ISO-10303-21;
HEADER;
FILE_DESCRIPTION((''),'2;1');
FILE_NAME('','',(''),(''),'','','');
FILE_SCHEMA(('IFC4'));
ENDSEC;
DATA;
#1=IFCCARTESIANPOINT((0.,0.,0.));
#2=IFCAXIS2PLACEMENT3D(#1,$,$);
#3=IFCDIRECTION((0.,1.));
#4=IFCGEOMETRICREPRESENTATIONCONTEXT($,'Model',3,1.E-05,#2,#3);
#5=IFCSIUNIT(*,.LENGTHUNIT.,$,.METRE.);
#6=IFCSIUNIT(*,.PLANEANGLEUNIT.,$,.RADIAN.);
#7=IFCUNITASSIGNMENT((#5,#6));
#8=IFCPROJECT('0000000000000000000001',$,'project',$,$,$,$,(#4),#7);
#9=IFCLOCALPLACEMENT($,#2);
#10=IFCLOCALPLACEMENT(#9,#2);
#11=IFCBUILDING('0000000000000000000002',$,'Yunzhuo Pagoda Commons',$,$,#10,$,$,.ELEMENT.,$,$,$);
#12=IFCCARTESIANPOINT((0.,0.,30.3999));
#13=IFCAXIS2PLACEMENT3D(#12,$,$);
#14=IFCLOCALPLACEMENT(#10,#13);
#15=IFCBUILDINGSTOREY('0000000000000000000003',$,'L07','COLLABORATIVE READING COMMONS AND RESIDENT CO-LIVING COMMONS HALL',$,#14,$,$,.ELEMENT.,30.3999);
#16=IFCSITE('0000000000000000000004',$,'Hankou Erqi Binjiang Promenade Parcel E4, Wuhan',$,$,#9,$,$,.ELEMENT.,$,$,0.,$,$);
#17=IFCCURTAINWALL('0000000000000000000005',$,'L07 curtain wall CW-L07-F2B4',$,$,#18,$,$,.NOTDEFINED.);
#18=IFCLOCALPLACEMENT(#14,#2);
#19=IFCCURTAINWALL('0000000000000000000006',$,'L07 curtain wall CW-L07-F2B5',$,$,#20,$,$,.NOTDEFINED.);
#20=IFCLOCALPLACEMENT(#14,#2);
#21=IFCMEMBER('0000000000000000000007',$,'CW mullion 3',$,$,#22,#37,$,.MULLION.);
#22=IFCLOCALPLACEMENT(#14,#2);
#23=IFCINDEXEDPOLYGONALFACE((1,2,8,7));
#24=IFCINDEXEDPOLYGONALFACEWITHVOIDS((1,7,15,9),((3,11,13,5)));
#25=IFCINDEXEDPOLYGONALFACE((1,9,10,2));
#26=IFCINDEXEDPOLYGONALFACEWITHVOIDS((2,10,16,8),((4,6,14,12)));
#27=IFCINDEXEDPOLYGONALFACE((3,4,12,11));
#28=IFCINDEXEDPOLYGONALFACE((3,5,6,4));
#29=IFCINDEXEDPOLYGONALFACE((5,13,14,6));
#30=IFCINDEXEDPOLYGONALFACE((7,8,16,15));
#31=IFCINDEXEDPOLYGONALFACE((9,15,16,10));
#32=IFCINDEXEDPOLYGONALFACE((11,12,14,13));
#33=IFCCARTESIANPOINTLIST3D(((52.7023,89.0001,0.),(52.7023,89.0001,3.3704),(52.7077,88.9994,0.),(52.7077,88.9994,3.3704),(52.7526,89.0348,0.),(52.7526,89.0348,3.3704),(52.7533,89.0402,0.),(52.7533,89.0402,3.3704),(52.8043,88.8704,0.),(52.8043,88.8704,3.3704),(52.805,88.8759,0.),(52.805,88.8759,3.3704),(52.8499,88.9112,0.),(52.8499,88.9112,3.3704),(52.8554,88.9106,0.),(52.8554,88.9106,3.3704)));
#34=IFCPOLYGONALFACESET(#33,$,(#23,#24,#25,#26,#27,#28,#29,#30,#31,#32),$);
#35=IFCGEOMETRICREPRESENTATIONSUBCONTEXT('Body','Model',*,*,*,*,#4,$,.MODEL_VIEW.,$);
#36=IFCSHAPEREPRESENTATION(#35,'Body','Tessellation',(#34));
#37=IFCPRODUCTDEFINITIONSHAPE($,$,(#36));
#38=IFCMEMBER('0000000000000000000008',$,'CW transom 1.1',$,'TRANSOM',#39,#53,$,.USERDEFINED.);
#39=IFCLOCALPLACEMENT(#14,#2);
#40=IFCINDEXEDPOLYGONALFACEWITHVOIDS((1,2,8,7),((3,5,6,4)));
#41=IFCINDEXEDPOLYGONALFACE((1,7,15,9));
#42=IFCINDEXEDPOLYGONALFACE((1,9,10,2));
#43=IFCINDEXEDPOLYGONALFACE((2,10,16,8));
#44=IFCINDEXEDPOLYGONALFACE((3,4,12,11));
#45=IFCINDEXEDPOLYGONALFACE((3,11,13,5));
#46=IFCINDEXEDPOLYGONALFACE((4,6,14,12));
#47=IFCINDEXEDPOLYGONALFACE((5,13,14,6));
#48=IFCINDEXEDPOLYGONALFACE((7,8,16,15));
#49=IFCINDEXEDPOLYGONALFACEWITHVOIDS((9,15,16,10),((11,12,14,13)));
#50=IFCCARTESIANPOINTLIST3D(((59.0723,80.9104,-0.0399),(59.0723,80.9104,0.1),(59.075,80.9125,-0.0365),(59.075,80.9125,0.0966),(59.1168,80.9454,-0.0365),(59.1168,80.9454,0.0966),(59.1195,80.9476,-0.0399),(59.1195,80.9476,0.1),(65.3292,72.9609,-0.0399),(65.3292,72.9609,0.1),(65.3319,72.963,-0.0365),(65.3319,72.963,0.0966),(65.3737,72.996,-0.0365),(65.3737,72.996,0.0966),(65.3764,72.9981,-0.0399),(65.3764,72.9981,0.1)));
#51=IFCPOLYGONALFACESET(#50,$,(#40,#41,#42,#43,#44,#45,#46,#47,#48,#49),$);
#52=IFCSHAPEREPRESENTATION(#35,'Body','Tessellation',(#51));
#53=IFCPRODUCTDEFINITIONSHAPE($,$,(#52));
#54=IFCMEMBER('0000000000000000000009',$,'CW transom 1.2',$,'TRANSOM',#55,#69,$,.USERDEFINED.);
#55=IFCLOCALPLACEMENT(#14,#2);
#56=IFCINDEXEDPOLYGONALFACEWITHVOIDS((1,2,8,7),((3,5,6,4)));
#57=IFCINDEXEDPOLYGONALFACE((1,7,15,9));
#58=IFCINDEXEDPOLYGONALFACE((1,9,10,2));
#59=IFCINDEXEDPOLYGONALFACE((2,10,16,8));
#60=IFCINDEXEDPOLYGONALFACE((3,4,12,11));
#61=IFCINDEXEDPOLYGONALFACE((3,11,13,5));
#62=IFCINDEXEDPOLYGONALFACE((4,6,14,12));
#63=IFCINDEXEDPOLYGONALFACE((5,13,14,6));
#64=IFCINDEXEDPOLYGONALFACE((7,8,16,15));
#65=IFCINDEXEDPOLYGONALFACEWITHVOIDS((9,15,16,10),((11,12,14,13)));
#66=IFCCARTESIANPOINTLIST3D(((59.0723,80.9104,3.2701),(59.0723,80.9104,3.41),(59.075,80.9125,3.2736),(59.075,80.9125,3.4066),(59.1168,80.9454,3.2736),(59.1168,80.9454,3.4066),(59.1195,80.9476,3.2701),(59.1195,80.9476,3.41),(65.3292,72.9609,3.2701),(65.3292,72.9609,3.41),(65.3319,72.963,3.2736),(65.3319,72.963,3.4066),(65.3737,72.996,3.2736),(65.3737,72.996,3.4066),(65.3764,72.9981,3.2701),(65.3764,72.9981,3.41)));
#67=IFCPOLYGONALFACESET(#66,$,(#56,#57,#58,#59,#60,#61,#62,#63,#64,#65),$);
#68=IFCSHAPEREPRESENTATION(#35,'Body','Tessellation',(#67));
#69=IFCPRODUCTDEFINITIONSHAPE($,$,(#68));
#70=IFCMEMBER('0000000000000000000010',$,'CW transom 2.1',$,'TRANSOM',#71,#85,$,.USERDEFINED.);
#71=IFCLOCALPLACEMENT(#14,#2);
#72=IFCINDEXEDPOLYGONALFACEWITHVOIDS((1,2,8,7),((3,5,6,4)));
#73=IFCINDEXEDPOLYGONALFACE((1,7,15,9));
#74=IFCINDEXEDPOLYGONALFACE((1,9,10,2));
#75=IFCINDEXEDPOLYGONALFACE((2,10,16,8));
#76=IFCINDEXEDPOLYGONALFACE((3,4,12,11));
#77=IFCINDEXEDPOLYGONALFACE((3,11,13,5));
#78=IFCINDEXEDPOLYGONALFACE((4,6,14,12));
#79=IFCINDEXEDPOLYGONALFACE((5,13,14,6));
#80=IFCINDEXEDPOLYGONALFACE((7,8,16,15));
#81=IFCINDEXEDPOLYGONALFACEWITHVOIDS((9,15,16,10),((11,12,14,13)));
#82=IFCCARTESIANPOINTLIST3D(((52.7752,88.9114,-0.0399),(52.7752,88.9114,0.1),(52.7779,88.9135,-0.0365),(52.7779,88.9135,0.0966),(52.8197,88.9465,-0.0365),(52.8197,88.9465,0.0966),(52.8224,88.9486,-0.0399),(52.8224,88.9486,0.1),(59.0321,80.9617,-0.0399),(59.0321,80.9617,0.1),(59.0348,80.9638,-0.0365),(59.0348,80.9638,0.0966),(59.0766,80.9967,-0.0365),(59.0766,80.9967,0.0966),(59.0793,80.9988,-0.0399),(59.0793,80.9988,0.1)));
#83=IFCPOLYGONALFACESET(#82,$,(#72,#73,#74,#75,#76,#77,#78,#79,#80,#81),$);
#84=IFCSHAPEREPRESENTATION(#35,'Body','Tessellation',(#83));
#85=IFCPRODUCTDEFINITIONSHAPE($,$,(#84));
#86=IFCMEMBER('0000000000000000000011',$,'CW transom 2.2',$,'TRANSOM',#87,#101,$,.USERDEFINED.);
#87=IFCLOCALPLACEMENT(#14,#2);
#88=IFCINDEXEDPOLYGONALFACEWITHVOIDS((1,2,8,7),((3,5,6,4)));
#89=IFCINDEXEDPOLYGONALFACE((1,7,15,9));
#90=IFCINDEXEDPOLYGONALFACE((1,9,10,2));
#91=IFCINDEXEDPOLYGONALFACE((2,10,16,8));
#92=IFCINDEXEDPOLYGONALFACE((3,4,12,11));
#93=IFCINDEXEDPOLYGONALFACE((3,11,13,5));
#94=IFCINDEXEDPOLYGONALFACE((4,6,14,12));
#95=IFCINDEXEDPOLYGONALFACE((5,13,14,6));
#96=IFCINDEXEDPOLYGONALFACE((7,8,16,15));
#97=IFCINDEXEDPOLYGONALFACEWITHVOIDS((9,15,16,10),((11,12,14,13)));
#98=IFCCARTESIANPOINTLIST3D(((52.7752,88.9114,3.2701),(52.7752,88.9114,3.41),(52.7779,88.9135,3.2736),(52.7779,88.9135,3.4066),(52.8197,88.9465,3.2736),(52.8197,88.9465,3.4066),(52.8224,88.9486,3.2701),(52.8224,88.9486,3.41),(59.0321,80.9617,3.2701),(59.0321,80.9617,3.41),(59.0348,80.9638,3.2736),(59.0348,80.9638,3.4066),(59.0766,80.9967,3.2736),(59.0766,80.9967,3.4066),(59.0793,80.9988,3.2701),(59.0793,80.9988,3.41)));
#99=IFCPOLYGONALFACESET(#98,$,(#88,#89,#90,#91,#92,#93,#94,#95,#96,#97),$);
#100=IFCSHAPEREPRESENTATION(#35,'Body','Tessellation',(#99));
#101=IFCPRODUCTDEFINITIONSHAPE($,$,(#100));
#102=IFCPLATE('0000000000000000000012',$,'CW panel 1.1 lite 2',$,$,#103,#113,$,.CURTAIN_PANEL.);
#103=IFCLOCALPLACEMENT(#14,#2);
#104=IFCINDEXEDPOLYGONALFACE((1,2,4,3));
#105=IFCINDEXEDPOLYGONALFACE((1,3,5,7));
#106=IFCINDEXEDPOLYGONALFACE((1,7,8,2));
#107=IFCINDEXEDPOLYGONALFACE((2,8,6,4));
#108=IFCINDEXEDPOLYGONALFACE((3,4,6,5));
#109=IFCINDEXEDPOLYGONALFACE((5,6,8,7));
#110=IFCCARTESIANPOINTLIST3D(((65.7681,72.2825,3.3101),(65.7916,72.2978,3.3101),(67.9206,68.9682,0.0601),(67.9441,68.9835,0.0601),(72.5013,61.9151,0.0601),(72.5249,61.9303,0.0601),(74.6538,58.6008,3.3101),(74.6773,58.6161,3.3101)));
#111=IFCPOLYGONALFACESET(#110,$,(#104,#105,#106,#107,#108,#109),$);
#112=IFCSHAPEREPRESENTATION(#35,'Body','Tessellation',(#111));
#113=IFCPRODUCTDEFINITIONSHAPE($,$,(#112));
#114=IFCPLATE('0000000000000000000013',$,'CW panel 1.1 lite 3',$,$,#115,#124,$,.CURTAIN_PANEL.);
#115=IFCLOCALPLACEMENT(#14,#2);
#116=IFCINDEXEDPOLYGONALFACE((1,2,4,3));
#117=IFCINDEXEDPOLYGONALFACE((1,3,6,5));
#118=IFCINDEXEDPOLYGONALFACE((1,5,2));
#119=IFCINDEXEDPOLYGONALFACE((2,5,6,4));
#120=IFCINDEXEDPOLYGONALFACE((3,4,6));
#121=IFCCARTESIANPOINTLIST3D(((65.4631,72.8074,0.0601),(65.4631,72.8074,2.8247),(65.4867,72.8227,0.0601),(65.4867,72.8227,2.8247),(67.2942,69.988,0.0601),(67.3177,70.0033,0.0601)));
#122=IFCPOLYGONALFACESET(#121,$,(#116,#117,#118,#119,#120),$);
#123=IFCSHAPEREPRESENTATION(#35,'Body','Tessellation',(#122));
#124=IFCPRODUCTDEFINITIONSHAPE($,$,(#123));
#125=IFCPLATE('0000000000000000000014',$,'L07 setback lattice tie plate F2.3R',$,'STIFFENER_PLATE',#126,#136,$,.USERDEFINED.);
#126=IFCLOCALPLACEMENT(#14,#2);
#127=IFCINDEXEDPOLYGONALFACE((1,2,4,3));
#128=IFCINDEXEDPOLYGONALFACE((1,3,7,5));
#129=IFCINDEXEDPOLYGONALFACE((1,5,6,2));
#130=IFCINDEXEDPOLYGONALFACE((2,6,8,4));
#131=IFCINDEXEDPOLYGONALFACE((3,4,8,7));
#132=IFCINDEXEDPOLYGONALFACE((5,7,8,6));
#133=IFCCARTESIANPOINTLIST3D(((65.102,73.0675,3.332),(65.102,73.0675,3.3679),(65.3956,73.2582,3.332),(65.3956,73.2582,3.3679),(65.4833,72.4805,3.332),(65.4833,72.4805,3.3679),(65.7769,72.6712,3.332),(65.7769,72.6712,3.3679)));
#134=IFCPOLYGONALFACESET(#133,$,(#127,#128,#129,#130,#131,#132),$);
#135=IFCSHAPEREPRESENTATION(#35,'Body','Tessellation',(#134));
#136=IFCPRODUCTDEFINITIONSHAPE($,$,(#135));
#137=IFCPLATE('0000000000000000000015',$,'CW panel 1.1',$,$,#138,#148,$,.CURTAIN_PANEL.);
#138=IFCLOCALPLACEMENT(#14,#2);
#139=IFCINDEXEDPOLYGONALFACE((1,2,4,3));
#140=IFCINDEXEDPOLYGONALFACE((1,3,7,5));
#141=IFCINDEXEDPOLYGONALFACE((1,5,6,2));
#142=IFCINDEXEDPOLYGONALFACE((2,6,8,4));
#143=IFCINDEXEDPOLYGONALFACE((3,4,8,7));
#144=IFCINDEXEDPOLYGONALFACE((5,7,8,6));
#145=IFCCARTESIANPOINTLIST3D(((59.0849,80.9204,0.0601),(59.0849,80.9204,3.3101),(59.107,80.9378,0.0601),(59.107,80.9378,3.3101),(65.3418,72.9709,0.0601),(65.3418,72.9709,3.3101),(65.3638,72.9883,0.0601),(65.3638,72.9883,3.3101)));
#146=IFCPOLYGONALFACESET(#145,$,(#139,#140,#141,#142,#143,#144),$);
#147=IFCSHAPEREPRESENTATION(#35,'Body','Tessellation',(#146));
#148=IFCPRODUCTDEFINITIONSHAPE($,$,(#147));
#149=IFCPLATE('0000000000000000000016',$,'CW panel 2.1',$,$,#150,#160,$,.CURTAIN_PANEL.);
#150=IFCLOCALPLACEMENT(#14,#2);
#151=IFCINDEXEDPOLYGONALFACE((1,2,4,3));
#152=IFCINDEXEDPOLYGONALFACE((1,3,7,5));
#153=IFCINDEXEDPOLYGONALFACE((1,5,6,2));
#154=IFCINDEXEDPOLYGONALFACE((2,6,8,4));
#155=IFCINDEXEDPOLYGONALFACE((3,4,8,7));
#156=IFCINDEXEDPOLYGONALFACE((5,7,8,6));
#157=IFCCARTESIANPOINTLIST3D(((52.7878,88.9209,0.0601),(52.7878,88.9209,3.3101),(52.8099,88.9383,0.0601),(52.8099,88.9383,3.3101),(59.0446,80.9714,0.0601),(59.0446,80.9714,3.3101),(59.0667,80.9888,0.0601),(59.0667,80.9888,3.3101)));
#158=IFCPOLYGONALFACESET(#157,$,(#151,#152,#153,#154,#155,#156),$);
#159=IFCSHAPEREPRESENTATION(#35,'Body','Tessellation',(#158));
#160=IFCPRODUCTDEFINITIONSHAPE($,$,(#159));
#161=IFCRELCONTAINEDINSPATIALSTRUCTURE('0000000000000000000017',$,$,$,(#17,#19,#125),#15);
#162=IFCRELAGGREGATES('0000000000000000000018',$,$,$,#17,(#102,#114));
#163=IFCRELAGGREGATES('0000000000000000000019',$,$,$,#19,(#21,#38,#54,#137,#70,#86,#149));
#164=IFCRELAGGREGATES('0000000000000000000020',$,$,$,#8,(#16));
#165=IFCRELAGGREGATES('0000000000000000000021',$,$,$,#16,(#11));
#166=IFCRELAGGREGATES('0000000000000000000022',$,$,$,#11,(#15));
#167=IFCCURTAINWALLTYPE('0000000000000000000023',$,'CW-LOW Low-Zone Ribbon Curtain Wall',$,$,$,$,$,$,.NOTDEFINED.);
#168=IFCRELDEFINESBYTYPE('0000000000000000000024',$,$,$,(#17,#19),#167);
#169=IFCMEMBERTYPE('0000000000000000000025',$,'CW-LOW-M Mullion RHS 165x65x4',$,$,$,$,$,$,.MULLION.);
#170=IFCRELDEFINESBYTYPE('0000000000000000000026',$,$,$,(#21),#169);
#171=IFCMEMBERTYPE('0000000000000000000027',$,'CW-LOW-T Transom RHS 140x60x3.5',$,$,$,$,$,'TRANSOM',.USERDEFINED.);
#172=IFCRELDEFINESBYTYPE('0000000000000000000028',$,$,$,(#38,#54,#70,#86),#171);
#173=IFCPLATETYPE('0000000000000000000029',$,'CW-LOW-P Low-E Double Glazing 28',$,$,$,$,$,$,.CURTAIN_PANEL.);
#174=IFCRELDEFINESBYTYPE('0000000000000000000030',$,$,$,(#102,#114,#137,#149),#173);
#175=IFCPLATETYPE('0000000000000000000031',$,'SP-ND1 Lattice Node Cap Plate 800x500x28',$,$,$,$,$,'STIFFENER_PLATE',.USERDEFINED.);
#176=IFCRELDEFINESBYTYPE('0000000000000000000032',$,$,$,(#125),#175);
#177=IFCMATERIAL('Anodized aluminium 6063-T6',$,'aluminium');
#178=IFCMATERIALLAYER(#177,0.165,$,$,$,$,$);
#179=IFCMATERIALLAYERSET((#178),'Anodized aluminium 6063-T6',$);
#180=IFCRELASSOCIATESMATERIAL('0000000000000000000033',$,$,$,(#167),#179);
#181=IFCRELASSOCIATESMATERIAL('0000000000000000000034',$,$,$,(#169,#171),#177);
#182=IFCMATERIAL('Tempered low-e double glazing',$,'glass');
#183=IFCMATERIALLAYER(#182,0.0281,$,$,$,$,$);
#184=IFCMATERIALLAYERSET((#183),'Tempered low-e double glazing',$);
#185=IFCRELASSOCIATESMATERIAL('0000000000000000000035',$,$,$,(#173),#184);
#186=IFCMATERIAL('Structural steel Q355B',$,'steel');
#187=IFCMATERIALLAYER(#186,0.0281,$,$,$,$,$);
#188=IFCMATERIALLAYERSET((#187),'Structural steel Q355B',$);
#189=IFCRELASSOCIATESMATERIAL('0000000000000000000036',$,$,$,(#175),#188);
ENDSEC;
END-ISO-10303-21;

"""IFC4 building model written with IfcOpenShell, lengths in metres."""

from ifc_helpers import new_model, si_unit, direction, frame, origin, origin_2d, place, context, subcontext, project, spatial, polyline, rectangle, hollow_rectangle, outline, extrude, source, transform, mapped, material, layer, layer_set, material_profile, profile_set, type_object, element, aggregate, save


model = new_model("IFC4")

# Units and contexts
model_context = context("Model", 3, precision=1e-05, world=origin(), true_north=direction((0.0, 1.0)))
body_context = subcontext(model_context, "Body", "Model", "MODEL_VIEW")
ifc_project = project(units=[si_unit("LENGTHUNIT", "METRE"), si_unit("PLANEANGLEUNIT", "RADIAN")], contexts=[model_context])

# Site, building, storey
site_placement = place(None, origin())
site = spatial("IfcSite", under=ifc_project, at=site_placement, Name="Hankou Erqi Binjiang Promenade Parcel E4, Wuhan", CompositionType="ELEMENT", RefElevation=0.0)
building_placement = place(site_placement, origin())
building = spatial("IfcBuilding", under=site, at=building_placement, Name="Yunzhuo Pagoda Commons", CompositionType="ELEMENT")
storey_placement = place(building_placement, frame((0.0, 0.0, 30.3999)))
storey = spatial("IfcBuildingStorey", under=building, at=storey_placement, Name="L07", Description="COLLABORATIVE READING COMMONS AND RESIDENT CO-LIVING COMMONS HALL", CompositionType="ELEMENT", Elevation=30.3999)

# Shared definitions
ifc_material_1 = material(Name="Structural steel Q355B", Category="steel")

# Curtain wall
ifc_material_2 = material(Name="Anodized aluminium 6063-T6", Category="aluminium")
ifc_layer_1 = layer(ifc_material_2, 0.165)
ifc_layer_set_1 = layer_set([ifc_layer_1], Name="Anodized aluminium 6063-T6")
curtain_wall_type = type_object("IfcCurtainWallType", Name="CW-LOW Low-Zone Ribbon Curtain Wall", PredefinedType="NOTDEFINED", material=ifc_layer_set_1)
curtain_wall_1_placement = place(storey_placement, origin())
curtain_wall_1 = element("IfcCurtainWall", 1, at=curtain_wall_1_placement, inside=storey, type_object=curtain_wall_type, Name="L07 curtain wall CW-L07-F2B4", PredefinedType="NOTDEFINED")
ifc_material_profile_1 = material_profile(ifc_material_2, hollow_rectangle(XDim=0.0649, YDim=0.165, WallThickness=0.0039, at=origin_2d()), Name="Anodized aluminium 6063-T6")
ifc_profile_set_1 = profile_set([ifc_material_profile_1], Name="Anodized aluminium 6063-T6")
member_type_1 = type_object("IfcMemberType", Name="CW-LOW-M Mullion RHS 165x65x4", PredefinedType="MULLION", material=ifc_profile_set_1)
shared_shape_1 = source(origin(), body_context, "Body", "SweptSolid", [
    extrude(hollow_rectangle(XDim=0.0649, YDim=0.165, WallThickness=0.0039, at=origin_2d()), origin(), (0.0, 0.0, 1.0), 3.3704),
])

# Curtain wall, members
curtain_wall_2_placement = place(storey_placement, origin())
curtain_wall_2 = element("IfcCurtainWall", 2, at=curtain_wall_2_placement, inside=storey, type_object=curtain_wall_type, Name="L07 curtain wall CW-L07-F2B5", PredefinedType="NOTDEFINED")
member_1_placement = place(storey_placement, frame((52.7788, 88.9553, 0.0), z_axis=(0.0, 0.0, 1.0), x_axis=(-0.7858, -0.618481, 0.0)))
member_1 = element("IfcMember", 3, at=member_1_placement, type_object=member_type_1, Name="CW mullion 3", PredefinedType="MULLION", context=body_context, shape_type="MappedRepresentation", body=[
    mapped(shared_shape_1, transform((0.0, 0.0, 0.0), scale=1.0)),
])
ifc_material_profile_2 = material_profile(ifc_material_2, hollow_rectangle(XDim=0.0601, YDim=0.1399, WallThickness=0.0034, at=origin_2d()), Name="Anodized aluminium 6063-T6")
ifc_profile_set_2 = profile_set([ifc_material_profile_2], Name="Anodized aluminium 6063-T6")
member_type_2 = type_object("IfcMemberType", Name="CW-LOW-T Transom RHS 140x60x3.5", ElementType="TRANSOM", PredefinedType="USERDEFINED", material=ifc_profile_set_2)
shared_shape_2 = source(origin(), body_context, "Body", "SweptSolid", [
    extrude(hollow_rectangle(XDim=0.0601, YDim=0.1399, WallThickness=0.0034, at=origin_2d()), origin(), (0.0, 0.0, 1.0), 10.1165),
])
member_2_placement = place(storey_placement, frame((65.3528, 72.9795, 0.03), z_axis=(-0.618483, 0.785798, 0.0), x_axis=(-0.785798, -0.618483, 0.0)))
member_2 = element("IfcMember", 4, at=member_2_placement, type_object=member_type_2, Name="CW transom 1.1", ObjectType="TRANSOM", PredefinedType="USERDEFINED", context=body_context, shape_type="MappedRepresentation", body=[
    mapped(shared_shape_2, transform((0.0, 0.0, 0.0), scale=1.0)),
])
member_3_placement = place(storey_placement, frame((65.3528, 72.9795, 3.3401), z_axis=(-0.618483, 0.785798, 0.0), x_axis=(-0.785798, -0.618483, 0.0)))
member_3 = element("IfcMember", 5, at=member_3_placement, type_object=member_type_2, Name="CW transom 1.2", ObjectType="TRANSOM", PredefinedType="USERDEFINED", context=body_context, shape_type="MappedRepresentation", body=[
    mapped(shared_shape_2, transform((0.0, 0.0, 0.0), scale=1.0)),
])
shared_shape_3 = source(origin(), body_context, "Body", "SweptSolid", [
    extrude(hollow_rectangle(XDim=0.0601, YDim=0.1399, WallThickness=0.0034, at=origin_2d()), origin(), (0.0, 0.0, 1.0), 10.1167),
])
member_4_placement = place(storey_placement, frame((59.0557, 80.9802, 0.03), z_axis=(-0.618471, 0.785807, 0.0), x_axis=(-0.785807, -0.618471, 0.0)))
member_4 = element("IfcMember", 6, at=member_4_placement, type_object=member_type_2, Name="CW transom 2.1", ObjectType="TRANSOM", PredefinedType="USERDEFINED", context=body_context, shape_type="MappedRepresentation", body=[
    mapped(shared_shape_3, transform((0.0, 0.0, 0.0), scale=1.0)),
])
member_5_placement = place(storey_placement, frame((59.0557, 80.9802, 3.3401), z_axis=(-0.618471, 0.785807, 0.0), x_axis=(-0.785807, -0.618471, 0.0)))
member_5 = element("IfcMember", 7, at=member_5_placement, type_object=member_type_2, Name="CW transom 2.2", ObjectType="TRANSOM", PredefinedType="USERDEFINED", context=body_context, shape_type="MappedRepresentation", body=[
    mapped(shared_shape_3, transform((0.0, 0.0, 0.0), scale=1.0)),
])

# Plates
ifc_material_3 = material(Name="Tempered low-e double glazing", Category="glass")
ifc_layer_2 = layer(ifc_material_3, 0.0281)
ifc_layer_set_2 = layer_set([ifc_layer_2], Name="Tempered low-e double glazing")
plate_type_1 = type_object("IfcPlateType", Name="CW-LOW-P Low-E Double Glazing 28", PredefinedType="CURTAIN_PANEL", material=ifc_layer_set_2)
plate_1_placement = place(storey_placement, frame((70.2109, 65.4417, 1.6851), z_axis=(0.838652, 0.544667, 0.0), x_axis=(-0.544667, 0.838652, 0.0)))
plate_1 = element("IfcPlate", 8, at=plate_1_placement, type_object=plate_type_1, Name="CW panel 1.1 lite 2", PredefinedType="CURTAIN_PANEL", context=body_context, shape_type="SweptSolid", body=[
    extrude(outline(polyline([(-8.157, 1.625), (-4.2051, -1.625), (4.2051, -1.625), (8.157, 1.625), (-8.157, 1.625)])), origin(), (0.0, 0.0, 1.0), 0.0281),
])
plate_2_placement = place(storey_placement, frame((66.3787, 71.3977, 1.4424), z_axis=(0.838652, 0.544667, 0.0), x_axis=(-0.544667, 0.838652, 0.0)))
plate_2 = element("IfcPlate", 9, at=plate_2_placement, type_object=plate_type_1, Name="CW panel 1.1 lite 3", PredefinedType="CURTAIN_PANEL", context=body_context, shape_type="SweptSolid", body=[
    extrude(outline(polyline([(-1.6809, -1.3823), (1.6809, -1.3823), (1.6809, 1.3823), (-1.6809, -1.3823)])), origin(), (0.0, 0.0, 1.0), 0.0281),
])
aggregate(curtain_wall_1, [plate_1, plate_2])
ifc_layer_3 = layer(ifc_material_1, 0.0281)
ifc_layer_set_3 = layer_set([ifc_layer_3], Name="Structural steel Q355B")
plate_type_2 = type_object("IfcPlateType", Name="SP-ND1 Lattice Node Cap Plate 800x500x28", ElementType="STIFFENER_PLATE", PredefinedType="USERDEFINED", material=ifc_layer_set_3)
shared_shape_4 = source(origin(), body_context, "Body", "SweptSolid", [
    extrude(rectangle(XDim=0.7, YDim=0.3501, at=origin_2d()), origin(), (0.0, 0.0, 1.0), 0.0359),
])
plate_3_placement = place(storey_placement, frame((65.4395, 72.8694, 3.332), z_axis=(0.0, 0.0, 1.0), x_axis=(-0.544668, 0.838652, 0.0)))
element("IfcPlate", 10, at=plate_3_placement, inside=storey, type_object=plate_type_2, Name="L07 setback lattice tie plate F2.3R", ObjectType="STIFFENER_PLATE", PredefinedType="USERDEFINED", context=body_context, shape_type="MappedRepresentation", body=[
    mapped(shared_shape_4, transform((0.0, 0.0, 0.0), scale=1.0)),
])
shared_shape_5 = source(origin(), body_context, "Body", "SweptSolid", [
    extrude(rectangle(XDim=10.1165, YDim=0.0281, at=origin_2d()), origin(), (0.0, 0.0, 1.0), 3.25),
])
plate_4_placement = place(storey_placement, frame((62.2244, 76.9543, 0.0601), z_axis=(0.0, 0.0, 1.0), x_axis=(-0.618481, 0.7858, 0.0)))
plate_4 = element("IfcPlate", 11, at=plate_4_placement, type_object=plate_type_1, Name="CW panel 1.1", PredefinedType="CURTAIN_PANEL", context=body_context, shape_type="MappedRepresentation", body=[
    mapped(shared_shape_5, transform((0.0, 0.0, 0.0), scale=1.0)),
])
plate_5_placement = place(storey_placement, frame((55.9272, 84.9548, 0.0601), z_axis=(0.0, 0.0, 1.0), x_axis=(-0.618481, 0.7858, 0.0)))
plate_5 = element("IfcPlate", 12, at=plate_5_placement, type_object=plate_type_1, Name="CW panel 2.1", PredefinedType="CURTAIN_PANEL", context=body_context, shape_type="MappedRepresentation", body=[
    mapped(shared_shape_5, transform((0.0, 0.0, 0.0), scale=1.0)),
])
aggregate(curtain_wall_2, [member_1, member_2, member_3, plate_4, member_4, member_5, plate_5])

save(model, "model.ifc")
